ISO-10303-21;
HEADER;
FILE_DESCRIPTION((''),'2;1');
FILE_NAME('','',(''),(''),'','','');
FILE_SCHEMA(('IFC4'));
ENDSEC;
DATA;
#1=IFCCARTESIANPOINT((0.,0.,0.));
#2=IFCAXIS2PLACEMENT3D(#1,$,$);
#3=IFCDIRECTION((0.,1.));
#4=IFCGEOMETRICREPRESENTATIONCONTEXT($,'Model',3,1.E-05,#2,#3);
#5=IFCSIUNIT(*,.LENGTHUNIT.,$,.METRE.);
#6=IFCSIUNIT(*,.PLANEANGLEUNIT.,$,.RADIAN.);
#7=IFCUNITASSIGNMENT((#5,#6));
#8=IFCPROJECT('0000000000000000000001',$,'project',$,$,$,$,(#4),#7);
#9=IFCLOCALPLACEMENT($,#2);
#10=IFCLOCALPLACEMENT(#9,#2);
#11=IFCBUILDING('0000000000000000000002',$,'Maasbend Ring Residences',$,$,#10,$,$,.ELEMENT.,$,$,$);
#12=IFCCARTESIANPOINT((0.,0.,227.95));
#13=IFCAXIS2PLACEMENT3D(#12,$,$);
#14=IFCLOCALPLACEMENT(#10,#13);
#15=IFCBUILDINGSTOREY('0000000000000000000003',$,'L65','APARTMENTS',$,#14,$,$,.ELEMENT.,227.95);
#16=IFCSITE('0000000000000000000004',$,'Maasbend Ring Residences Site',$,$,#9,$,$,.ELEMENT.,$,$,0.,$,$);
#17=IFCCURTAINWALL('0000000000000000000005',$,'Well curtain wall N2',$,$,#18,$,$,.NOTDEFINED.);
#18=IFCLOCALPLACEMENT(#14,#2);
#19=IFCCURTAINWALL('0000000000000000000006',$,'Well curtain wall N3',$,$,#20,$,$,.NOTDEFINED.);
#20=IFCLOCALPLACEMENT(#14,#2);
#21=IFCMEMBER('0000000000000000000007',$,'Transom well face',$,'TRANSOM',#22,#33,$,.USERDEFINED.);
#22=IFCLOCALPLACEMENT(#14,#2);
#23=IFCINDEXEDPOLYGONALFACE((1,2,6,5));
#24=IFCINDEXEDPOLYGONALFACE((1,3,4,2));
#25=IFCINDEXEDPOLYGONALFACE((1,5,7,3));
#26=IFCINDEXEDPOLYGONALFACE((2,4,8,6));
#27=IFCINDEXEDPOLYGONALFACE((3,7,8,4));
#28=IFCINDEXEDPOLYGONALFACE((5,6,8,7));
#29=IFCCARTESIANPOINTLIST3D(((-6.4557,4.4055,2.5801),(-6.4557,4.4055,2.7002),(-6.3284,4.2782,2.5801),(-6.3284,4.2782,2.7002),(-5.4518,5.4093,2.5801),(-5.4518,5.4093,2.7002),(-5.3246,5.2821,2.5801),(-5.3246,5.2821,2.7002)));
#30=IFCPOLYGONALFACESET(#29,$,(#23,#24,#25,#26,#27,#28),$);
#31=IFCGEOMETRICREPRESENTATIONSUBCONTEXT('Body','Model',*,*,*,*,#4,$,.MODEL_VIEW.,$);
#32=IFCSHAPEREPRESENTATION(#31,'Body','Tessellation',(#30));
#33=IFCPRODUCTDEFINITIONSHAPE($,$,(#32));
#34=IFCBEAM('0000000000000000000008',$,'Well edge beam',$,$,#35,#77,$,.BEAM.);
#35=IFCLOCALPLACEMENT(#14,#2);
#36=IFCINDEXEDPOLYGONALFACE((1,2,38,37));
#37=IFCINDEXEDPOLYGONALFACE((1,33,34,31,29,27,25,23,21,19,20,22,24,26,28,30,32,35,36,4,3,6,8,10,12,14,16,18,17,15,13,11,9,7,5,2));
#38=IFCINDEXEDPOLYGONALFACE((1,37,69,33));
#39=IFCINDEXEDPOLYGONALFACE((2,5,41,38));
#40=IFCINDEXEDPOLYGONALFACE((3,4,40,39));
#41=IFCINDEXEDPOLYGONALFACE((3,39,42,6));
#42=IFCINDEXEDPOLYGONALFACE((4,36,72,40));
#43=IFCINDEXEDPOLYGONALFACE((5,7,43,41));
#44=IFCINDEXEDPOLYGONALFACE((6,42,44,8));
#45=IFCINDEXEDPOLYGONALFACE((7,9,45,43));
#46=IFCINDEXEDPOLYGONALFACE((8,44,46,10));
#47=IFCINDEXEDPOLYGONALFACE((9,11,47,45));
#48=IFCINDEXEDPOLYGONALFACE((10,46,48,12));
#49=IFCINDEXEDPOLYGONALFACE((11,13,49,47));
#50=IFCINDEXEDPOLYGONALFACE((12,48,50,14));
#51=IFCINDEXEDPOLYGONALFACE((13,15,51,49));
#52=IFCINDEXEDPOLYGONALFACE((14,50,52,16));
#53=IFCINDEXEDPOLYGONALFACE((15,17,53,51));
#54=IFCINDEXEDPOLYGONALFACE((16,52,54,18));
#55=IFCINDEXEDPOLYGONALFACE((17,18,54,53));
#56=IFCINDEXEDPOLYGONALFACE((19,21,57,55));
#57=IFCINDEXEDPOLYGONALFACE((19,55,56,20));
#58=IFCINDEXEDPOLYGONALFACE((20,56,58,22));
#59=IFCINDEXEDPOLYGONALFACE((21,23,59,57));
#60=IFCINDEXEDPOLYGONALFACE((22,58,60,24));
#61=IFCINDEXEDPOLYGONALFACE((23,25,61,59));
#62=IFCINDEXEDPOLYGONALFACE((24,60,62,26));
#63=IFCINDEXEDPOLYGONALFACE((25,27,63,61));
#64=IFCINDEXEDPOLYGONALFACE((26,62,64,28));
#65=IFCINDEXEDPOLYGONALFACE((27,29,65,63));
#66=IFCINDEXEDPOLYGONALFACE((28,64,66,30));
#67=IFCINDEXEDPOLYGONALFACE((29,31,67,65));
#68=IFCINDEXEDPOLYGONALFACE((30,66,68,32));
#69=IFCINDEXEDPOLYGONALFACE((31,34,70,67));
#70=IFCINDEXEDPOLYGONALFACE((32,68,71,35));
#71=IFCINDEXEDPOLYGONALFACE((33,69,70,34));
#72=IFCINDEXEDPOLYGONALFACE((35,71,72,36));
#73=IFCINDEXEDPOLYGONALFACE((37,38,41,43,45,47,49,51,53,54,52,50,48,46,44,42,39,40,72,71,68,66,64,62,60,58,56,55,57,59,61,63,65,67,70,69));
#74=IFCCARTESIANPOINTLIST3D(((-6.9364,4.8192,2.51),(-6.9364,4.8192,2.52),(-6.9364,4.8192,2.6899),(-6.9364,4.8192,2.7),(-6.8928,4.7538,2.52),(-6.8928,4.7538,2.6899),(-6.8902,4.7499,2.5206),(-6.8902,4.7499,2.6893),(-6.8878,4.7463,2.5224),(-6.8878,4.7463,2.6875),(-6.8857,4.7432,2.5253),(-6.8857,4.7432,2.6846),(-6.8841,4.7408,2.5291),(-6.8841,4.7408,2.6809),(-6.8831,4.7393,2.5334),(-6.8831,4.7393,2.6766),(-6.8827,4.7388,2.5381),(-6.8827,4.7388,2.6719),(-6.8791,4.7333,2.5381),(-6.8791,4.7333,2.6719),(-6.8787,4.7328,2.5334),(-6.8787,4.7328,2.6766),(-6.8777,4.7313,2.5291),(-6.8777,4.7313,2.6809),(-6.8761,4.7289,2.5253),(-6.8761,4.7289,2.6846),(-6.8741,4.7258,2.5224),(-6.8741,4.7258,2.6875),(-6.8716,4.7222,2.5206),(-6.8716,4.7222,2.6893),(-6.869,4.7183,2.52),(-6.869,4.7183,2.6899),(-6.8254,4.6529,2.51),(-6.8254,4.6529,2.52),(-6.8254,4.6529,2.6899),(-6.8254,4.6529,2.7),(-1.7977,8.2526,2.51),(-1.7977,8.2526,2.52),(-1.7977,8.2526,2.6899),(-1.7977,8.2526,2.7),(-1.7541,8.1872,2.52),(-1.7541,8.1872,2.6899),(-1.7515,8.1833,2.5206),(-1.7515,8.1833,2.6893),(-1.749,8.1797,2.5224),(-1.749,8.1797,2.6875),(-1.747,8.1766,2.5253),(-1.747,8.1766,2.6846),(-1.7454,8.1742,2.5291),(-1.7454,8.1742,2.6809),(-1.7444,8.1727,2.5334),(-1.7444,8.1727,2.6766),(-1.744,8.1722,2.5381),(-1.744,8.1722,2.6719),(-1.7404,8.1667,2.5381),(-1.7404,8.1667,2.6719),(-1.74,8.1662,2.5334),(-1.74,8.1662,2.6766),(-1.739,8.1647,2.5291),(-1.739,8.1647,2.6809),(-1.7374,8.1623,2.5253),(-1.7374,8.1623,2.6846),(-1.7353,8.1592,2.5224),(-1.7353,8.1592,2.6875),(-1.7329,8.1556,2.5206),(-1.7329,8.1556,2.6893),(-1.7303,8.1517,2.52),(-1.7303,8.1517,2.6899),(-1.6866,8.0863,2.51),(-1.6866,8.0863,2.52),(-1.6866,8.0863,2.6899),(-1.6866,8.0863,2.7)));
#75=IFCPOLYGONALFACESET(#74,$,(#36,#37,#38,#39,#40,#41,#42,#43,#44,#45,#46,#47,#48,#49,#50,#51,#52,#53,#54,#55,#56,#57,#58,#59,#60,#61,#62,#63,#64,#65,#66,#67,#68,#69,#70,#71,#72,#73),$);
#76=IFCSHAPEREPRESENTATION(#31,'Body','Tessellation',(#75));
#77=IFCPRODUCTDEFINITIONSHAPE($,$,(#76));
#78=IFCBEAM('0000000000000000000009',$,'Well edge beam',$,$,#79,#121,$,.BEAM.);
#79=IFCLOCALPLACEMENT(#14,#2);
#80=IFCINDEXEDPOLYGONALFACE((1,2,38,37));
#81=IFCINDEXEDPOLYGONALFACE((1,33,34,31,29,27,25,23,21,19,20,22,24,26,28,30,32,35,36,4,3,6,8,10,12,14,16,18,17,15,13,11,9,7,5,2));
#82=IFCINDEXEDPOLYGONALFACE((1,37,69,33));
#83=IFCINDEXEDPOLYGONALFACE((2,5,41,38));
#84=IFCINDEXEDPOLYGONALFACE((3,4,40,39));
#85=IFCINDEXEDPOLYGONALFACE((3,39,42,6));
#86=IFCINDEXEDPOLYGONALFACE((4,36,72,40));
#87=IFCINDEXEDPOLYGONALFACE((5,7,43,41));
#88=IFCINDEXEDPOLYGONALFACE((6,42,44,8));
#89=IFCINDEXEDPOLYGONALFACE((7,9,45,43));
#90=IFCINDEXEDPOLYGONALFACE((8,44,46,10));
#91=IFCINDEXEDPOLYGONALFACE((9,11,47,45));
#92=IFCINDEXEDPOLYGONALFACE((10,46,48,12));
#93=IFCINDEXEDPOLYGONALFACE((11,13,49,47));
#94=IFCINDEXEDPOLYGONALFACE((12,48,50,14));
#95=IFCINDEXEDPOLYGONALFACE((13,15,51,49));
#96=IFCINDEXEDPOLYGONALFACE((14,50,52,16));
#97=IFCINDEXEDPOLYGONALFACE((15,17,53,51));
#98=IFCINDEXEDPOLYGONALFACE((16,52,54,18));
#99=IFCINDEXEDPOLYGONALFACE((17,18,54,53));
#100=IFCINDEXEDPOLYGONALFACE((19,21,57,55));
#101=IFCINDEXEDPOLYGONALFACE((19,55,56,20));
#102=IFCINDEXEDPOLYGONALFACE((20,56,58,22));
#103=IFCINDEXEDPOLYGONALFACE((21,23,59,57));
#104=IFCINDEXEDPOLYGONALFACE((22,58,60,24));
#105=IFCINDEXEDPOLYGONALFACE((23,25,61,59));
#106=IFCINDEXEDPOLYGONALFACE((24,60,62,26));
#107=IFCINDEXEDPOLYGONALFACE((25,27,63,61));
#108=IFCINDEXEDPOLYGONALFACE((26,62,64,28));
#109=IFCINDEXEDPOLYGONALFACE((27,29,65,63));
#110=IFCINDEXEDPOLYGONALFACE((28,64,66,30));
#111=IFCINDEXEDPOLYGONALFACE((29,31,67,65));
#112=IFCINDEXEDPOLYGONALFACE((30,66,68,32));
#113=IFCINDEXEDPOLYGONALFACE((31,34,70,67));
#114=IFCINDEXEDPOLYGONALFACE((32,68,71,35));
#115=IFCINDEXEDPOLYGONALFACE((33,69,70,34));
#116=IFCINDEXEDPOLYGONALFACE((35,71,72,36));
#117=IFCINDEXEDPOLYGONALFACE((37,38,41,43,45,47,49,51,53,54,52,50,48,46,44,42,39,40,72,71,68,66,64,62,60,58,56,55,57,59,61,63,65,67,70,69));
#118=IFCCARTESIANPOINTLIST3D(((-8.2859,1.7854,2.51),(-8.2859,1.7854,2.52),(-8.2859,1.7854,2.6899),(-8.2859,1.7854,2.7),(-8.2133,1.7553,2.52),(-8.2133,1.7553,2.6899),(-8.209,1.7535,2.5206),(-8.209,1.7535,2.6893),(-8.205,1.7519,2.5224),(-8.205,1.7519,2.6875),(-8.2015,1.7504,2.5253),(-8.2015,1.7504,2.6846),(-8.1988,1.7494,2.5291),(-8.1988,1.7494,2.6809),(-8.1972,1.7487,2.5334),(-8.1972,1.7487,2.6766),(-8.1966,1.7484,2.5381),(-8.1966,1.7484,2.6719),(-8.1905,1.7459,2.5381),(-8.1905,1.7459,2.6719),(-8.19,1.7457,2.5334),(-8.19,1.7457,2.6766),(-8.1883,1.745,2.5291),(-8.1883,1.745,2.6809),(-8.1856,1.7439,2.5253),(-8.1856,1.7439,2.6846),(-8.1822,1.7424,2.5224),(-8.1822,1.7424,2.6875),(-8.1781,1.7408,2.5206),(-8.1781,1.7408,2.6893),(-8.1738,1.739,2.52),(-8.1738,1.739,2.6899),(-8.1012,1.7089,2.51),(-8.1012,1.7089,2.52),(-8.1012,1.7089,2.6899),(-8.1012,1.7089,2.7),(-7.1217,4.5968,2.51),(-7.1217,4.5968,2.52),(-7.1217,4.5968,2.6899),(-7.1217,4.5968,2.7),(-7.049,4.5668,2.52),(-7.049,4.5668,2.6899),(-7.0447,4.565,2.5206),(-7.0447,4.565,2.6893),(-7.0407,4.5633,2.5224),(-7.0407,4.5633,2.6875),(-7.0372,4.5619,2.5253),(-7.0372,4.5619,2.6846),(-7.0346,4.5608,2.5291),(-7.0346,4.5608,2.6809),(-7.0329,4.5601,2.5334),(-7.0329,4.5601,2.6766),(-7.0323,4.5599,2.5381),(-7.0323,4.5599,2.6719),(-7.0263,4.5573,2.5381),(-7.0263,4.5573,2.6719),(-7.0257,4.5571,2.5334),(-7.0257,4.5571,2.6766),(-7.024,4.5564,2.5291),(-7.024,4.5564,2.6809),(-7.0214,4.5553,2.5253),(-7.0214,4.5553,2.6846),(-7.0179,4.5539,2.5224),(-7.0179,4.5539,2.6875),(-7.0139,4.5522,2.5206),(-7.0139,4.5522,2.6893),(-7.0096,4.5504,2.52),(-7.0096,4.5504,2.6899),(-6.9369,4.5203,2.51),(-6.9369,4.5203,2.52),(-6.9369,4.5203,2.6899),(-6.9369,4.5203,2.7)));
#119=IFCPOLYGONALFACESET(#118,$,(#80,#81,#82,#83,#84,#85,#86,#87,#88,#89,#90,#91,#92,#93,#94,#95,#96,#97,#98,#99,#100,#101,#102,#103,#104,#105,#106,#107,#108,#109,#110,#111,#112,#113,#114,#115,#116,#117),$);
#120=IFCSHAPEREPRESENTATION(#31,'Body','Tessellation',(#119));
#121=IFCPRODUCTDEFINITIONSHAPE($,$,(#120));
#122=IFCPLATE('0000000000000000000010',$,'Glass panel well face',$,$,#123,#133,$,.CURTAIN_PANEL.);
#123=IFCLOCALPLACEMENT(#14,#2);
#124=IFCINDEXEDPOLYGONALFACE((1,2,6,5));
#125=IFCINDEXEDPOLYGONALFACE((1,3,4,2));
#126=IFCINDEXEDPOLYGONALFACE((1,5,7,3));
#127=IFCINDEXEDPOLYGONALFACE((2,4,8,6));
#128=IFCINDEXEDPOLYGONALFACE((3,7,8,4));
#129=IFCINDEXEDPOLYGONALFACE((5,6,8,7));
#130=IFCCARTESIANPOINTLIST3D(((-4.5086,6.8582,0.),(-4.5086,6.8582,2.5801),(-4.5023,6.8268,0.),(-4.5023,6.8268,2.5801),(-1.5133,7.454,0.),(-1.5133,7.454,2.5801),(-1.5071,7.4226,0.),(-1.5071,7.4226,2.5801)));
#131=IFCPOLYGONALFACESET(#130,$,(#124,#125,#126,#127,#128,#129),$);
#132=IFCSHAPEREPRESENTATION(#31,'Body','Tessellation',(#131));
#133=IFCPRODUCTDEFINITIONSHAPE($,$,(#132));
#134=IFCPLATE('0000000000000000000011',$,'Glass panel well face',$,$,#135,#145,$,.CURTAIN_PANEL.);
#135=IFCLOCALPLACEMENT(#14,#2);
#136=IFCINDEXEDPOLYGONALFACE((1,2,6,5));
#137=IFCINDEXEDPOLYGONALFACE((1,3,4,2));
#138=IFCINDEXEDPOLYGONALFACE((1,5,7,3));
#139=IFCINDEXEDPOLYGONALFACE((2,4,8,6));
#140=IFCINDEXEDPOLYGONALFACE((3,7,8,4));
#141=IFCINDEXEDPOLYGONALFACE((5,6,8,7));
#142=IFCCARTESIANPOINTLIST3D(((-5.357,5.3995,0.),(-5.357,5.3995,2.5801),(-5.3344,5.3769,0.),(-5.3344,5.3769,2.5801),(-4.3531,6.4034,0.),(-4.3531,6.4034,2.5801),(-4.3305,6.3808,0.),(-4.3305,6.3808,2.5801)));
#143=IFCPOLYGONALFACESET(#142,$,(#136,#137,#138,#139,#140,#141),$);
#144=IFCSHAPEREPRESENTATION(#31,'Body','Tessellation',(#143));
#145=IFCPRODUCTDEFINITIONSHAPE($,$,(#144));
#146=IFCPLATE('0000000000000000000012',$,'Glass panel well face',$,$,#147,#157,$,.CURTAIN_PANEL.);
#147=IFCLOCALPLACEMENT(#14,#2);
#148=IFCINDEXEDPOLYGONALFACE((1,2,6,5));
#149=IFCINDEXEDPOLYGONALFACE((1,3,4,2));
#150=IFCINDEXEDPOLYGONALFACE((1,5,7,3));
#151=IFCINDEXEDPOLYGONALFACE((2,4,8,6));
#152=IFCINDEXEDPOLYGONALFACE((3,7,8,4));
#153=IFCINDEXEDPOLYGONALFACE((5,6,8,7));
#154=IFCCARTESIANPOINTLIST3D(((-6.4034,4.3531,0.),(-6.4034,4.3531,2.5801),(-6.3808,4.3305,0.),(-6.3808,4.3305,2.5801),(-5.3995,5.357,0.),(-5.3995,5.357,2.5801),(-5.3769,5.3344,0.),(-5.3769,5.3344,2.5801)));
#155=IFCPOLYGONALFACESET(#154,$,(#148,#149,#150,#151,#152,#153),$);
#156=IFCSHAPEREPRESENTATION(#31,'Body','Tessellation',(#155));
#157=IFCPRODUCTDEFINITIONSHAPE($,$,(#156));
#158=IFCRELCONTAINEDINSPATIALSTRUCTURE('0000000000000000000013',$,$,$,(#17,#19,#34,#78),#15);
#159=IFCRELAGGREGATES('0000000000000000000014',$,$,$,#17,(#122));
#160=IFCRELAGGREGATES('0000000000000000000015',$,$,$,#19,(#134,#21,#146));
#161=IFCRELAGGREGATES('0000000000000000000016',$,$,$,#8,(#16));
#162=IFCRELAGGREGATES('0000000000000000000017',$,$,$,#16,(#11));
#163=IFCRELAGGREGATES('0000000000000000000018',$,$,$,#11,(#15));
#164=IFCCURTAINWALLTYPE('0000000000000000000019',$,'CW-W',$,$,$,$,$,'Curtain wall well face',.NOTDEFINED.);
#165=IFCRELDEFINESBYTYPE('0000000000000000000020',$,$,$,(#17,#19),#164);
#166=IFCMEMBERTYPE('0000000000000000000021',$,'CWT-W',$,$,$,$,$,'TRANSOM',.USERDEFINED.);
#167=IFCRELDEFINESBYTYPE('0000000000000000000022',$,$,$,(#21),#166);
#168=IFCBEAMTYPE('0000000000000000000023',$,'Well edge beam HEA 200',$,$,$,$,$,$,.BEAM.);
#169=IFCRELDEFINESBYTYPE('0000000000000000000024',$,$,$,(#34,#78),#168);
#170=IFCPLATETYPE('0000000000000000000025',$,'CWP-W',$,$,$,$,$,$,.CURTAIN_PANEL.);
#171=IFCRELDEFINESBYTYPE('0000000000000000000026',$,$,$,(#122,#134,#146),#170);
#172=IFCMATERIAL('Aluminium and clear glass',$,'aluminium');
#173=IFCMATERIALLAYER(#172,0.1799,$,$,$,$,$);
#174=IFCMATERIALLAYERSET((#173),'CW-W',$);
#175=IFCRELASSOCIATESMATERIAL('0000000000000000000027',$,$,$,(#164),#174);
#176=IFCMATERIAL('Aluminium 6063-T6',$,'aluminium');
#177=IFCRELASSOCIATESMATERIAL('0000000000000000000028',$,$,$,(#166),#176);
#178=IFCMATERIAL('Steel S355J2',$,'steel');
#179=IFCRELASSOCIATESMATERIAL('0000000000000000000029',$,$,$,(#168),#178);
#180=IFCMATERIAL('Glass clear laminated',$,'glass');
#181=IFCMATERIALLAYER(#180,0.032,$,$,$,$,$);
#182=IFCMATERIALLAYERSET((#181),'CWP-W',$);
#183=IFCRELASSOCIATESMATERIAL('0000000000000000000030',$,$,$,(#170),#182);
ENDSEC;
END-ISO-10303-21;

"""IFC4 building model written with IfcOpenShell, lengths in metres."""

from ifc_helpers import new_model, si_unit, direction, frame, origin, origin_2d, place, context, subcontext, project, spatial, rectangle, i_section, extrude, material, layer, layer_set, material_profile, profile_set, type_object, element, aggregate, save


model = new_model("IFC4")

# Units and contexts
model_context = context("Model", 3, precision=1e-05, world=origin(), true_north=direction((0.0, 1.0)))
body_context = subcontext(model_context, "Body", "Model", "MODEL_VIEW")
ifc_project = project(units=[si_unit("LENGTHUNIT", "METRE"), si_unit("PLANEANGLEUNIT", "RADIAN")], contexts=[model_context])

# Site, building, storey
site_placement = place(None, origin())
site = spatial("IfcSite", under=ifc_project, at=site_placement, Name="Maasbend Ring Residences Site", CompositionType="ELEMENT", RefElevation=0.0)
building_placement = place(site_placement, origin())
building = spatial("IfcBuilding", under=site, at=building_placement, Name="Maasbend Ring Residences", CompositionType="ELEMENT")
storey_placement = place(building_placement, frame((0.0, 0.0, 227.95)))
storey = spatial("IfcBuildingStorey", under=building, at=storey_placement, Name="L65", Description="APARTMENTS", CompositionType="ELEMENT", Elevation=227.95)

# Curtain walls
ifc_material_1 = material(Name="Aluminium and clear glass", Category="aluminium")
ifc_layer_1 = layer(ifc_material_1, 0.1799)
ifc_layer_set_1 = layer_set([ifc_layer_1], Name="CW-W")
curtain_wall_type = type_object("IfcCurtainWallType", Name="CW-W", ElementType="Curtain wall well face", PredefinedType="NOTDEFINED", material=ifc_layer_set_1)
curtain_wall_1_placement = place(storey_placement, origin())
curtain_wall_1 = element("IfcCurtainWall", 1, at=curtain_wall_1_placement, inside=storey, type_object=curtain_wall_type, Name="Well curtain wall N2", PredefinedType="NOTDEFINED")
curtain_wall_2_placement = place(storey_placement, origin())
curtain_wall_2 = element("IfcCurtainWall", 2, at=curtain_wall_2_placement, inside=storey, type_object=curtain_wall_type, Name="Well curtain wall N3", PredefinedType="NOTDEFINED")

# Member
ifc_material_2 = material(Name="Aluminium 6063-T6", Category="aluminium")
ifc_material_profile_1 = material_profile(ifc_material_2, rectangle(XDim=0.1799, YDim=0.1201, at=origin_2d()), Name="AL 180x120")
ifc_profile_set_1 = profile_set([ifc_material_profile_1], Name="Aluminium 6063-T6")
member_type_1 = type_object("IfcMemberType", Name="CWT-W", ElementType="TRANSOM", PredefinedType="USERDEFINED", material=ifc_profile_set_1)
member_1_placement = place(storey_placement, frame((-5.3882, 5.3457, 2.6401), z_axis=(-0.707107, -0.707107, 0.0), x_axis=(0.707107, -0.707107, 0.0)))
member_1 = element("IfcMember", 3, at=member_1_placement, type_object=member_type_1, Name="Transom well face", ObjectType="TRANSOM", PredefinedType="USERDEFINED", context=body_context, shape_type="SweptSolid", body=[
    extrude(rectangle(XDim=0.1799, YDim=0.1201, at=origin_2d()), origin(), (0.0, 0.0, 1.0), 1.4197),
])

# Beams
ifc_material_3 = material(Name="Steel S355J2", Category="steel")
ifc_material_profile_2 = material_profile(ifc_material_3, i_section(OverallWidth=0.2, OverallDepth=0.1899, WebThickness=0.0066, FlangeThickness=0.01, FilletRadius=0.0181, at=origin_2d()), Name="HEA 200")
ifc_profile_set_2 = profile_set([ifc_material_profile_2], Name="Steel S355J2")
beam_type = type_object("IfcBeamType", Name="Well edge beam HEA 200", PredefinedType="BEAM", material=ifc_profile_set_2)
beam_1_placement = place(storey_placement, frame((-1.7422, 8.1694, 2.605), z_axis=(-0.831485, -0.555548, 0.0), x_axis=(0.555548, -0.831485, 0.0)))
element("IfcBeam", 4, at=beam_1_placement, inside=storey, type_object=beam_type, Name="Well edge beam", PredefinedType="BEAM", context=body_context, shape_type="SweptSolid", body=[
    extrude(i_section(OverallWidth=0.2, OverallDepth=0.1899, WebThickness=0.0066, FlangeThickness=0.01, FilletRadius=0.0181, at=origin_2d()), origin(), (0.0, 0.0, 1.0), 6.1802),
])
beam_2_placement = place(storey_placement, frame((-7.0293, 4.5586, 2.605), z_axis=(-0.382609, -0.92391, 0.0), x_axis=(0.92391, -0.382609, 0.0)))
element("IfcBeam", 5, at=beam_2_placement, inside=storey, type_object=beam_type, Name="Well edge beam", PredefinedType="BEAM", context=body_context, shape_type="SweptSolid", body=[
    extrude(i_section(OverallWidth=0.2, OverallDepth=0.1899, WebThickness=0.0066, FlangeThickness=0.01, FilletRadius=0.0181, at=origin_2d()), origin(), (0.0, 0.0, 1.0), 3.043),
])

# Plates
ifc_material_4 = material(Name="Glass clear laminated", Category="glass")
ifc_layer_2 = layer(ifc_material_4, 0.032)
ifc_layer_set_2 = layer_set([ifc_layer_2], Name="CWP-W")
plate_type = type_object("IfcPlateType", Name="CWP-W", PredefinedType="CURTAIN_PANEL", material=ifc_layer_set_2)
plate_1_placement = place(storey_placement, frame((-3.0078, 7.1404, 0.0), z_axis=(0.0, 0.0, 1.0), x_axis=(-0.980785, -0.19509, 0.0)))
plate_1 = element("IfcPlate", 6, at=plate_1_placement, type_object=plate_type, Name="Glass panel well face", PredefinedType="CURTAIN_PANEL", context=body_context, shape_type="SweptSolid", body=[
    extrude(rectangle(XDim=3.054, YDim=0.032, at=origin_2d()), origin(), (0.0, 0.0, 1.0), 2.5801),
])
aggregate(curtain_wall_1, [plate_1])
plate_2_placement = place(storey_placement, frame((-4.8438, 5.8901, 0.0), z_axis=(0.0, 0.0, 1.0), x_axis=(-0.707107, -0.707107, 0.0)))
plate_2 = element("IfcPlate", 7, at=plate_2_placement, type_object=plate_type, Name="Glass panel well face", PredefinedType="CURTAIN_PANEL", context=body_context, shape_type="SweptSolid", body=[
    extrude(rectangle(XDim=1.4197, YDim=0.032, at=origin_2d()), origin(), (0.0, 0.0, 1.0), 2.5801),
])
plate_3_placement = place(storey_placement, frame((-5.8901, 4.8438, 0.0), z_axis=(0.0, 0.0, 1.0), x_axis=(-0.707107, -0.707107, 0.0)))
plate_3 = element("IfcPlate", 8, at=plate_3_placement, type_object=plate_type, Name="Glass panel well face", PredefinedType="CURTAIN_PANEL", context=body_context, shape_type="SweptSolid", body=[
    extrude(rectangle(XDim=1.4197, YDim=0.032, at=origin_2d()), origin(), (0.0, 0.0, 1.0), 2.5801),
])
aggregate(curtain_wall_2, [plate_2, member_1, plate_3])

save(model, "model.ifc")
